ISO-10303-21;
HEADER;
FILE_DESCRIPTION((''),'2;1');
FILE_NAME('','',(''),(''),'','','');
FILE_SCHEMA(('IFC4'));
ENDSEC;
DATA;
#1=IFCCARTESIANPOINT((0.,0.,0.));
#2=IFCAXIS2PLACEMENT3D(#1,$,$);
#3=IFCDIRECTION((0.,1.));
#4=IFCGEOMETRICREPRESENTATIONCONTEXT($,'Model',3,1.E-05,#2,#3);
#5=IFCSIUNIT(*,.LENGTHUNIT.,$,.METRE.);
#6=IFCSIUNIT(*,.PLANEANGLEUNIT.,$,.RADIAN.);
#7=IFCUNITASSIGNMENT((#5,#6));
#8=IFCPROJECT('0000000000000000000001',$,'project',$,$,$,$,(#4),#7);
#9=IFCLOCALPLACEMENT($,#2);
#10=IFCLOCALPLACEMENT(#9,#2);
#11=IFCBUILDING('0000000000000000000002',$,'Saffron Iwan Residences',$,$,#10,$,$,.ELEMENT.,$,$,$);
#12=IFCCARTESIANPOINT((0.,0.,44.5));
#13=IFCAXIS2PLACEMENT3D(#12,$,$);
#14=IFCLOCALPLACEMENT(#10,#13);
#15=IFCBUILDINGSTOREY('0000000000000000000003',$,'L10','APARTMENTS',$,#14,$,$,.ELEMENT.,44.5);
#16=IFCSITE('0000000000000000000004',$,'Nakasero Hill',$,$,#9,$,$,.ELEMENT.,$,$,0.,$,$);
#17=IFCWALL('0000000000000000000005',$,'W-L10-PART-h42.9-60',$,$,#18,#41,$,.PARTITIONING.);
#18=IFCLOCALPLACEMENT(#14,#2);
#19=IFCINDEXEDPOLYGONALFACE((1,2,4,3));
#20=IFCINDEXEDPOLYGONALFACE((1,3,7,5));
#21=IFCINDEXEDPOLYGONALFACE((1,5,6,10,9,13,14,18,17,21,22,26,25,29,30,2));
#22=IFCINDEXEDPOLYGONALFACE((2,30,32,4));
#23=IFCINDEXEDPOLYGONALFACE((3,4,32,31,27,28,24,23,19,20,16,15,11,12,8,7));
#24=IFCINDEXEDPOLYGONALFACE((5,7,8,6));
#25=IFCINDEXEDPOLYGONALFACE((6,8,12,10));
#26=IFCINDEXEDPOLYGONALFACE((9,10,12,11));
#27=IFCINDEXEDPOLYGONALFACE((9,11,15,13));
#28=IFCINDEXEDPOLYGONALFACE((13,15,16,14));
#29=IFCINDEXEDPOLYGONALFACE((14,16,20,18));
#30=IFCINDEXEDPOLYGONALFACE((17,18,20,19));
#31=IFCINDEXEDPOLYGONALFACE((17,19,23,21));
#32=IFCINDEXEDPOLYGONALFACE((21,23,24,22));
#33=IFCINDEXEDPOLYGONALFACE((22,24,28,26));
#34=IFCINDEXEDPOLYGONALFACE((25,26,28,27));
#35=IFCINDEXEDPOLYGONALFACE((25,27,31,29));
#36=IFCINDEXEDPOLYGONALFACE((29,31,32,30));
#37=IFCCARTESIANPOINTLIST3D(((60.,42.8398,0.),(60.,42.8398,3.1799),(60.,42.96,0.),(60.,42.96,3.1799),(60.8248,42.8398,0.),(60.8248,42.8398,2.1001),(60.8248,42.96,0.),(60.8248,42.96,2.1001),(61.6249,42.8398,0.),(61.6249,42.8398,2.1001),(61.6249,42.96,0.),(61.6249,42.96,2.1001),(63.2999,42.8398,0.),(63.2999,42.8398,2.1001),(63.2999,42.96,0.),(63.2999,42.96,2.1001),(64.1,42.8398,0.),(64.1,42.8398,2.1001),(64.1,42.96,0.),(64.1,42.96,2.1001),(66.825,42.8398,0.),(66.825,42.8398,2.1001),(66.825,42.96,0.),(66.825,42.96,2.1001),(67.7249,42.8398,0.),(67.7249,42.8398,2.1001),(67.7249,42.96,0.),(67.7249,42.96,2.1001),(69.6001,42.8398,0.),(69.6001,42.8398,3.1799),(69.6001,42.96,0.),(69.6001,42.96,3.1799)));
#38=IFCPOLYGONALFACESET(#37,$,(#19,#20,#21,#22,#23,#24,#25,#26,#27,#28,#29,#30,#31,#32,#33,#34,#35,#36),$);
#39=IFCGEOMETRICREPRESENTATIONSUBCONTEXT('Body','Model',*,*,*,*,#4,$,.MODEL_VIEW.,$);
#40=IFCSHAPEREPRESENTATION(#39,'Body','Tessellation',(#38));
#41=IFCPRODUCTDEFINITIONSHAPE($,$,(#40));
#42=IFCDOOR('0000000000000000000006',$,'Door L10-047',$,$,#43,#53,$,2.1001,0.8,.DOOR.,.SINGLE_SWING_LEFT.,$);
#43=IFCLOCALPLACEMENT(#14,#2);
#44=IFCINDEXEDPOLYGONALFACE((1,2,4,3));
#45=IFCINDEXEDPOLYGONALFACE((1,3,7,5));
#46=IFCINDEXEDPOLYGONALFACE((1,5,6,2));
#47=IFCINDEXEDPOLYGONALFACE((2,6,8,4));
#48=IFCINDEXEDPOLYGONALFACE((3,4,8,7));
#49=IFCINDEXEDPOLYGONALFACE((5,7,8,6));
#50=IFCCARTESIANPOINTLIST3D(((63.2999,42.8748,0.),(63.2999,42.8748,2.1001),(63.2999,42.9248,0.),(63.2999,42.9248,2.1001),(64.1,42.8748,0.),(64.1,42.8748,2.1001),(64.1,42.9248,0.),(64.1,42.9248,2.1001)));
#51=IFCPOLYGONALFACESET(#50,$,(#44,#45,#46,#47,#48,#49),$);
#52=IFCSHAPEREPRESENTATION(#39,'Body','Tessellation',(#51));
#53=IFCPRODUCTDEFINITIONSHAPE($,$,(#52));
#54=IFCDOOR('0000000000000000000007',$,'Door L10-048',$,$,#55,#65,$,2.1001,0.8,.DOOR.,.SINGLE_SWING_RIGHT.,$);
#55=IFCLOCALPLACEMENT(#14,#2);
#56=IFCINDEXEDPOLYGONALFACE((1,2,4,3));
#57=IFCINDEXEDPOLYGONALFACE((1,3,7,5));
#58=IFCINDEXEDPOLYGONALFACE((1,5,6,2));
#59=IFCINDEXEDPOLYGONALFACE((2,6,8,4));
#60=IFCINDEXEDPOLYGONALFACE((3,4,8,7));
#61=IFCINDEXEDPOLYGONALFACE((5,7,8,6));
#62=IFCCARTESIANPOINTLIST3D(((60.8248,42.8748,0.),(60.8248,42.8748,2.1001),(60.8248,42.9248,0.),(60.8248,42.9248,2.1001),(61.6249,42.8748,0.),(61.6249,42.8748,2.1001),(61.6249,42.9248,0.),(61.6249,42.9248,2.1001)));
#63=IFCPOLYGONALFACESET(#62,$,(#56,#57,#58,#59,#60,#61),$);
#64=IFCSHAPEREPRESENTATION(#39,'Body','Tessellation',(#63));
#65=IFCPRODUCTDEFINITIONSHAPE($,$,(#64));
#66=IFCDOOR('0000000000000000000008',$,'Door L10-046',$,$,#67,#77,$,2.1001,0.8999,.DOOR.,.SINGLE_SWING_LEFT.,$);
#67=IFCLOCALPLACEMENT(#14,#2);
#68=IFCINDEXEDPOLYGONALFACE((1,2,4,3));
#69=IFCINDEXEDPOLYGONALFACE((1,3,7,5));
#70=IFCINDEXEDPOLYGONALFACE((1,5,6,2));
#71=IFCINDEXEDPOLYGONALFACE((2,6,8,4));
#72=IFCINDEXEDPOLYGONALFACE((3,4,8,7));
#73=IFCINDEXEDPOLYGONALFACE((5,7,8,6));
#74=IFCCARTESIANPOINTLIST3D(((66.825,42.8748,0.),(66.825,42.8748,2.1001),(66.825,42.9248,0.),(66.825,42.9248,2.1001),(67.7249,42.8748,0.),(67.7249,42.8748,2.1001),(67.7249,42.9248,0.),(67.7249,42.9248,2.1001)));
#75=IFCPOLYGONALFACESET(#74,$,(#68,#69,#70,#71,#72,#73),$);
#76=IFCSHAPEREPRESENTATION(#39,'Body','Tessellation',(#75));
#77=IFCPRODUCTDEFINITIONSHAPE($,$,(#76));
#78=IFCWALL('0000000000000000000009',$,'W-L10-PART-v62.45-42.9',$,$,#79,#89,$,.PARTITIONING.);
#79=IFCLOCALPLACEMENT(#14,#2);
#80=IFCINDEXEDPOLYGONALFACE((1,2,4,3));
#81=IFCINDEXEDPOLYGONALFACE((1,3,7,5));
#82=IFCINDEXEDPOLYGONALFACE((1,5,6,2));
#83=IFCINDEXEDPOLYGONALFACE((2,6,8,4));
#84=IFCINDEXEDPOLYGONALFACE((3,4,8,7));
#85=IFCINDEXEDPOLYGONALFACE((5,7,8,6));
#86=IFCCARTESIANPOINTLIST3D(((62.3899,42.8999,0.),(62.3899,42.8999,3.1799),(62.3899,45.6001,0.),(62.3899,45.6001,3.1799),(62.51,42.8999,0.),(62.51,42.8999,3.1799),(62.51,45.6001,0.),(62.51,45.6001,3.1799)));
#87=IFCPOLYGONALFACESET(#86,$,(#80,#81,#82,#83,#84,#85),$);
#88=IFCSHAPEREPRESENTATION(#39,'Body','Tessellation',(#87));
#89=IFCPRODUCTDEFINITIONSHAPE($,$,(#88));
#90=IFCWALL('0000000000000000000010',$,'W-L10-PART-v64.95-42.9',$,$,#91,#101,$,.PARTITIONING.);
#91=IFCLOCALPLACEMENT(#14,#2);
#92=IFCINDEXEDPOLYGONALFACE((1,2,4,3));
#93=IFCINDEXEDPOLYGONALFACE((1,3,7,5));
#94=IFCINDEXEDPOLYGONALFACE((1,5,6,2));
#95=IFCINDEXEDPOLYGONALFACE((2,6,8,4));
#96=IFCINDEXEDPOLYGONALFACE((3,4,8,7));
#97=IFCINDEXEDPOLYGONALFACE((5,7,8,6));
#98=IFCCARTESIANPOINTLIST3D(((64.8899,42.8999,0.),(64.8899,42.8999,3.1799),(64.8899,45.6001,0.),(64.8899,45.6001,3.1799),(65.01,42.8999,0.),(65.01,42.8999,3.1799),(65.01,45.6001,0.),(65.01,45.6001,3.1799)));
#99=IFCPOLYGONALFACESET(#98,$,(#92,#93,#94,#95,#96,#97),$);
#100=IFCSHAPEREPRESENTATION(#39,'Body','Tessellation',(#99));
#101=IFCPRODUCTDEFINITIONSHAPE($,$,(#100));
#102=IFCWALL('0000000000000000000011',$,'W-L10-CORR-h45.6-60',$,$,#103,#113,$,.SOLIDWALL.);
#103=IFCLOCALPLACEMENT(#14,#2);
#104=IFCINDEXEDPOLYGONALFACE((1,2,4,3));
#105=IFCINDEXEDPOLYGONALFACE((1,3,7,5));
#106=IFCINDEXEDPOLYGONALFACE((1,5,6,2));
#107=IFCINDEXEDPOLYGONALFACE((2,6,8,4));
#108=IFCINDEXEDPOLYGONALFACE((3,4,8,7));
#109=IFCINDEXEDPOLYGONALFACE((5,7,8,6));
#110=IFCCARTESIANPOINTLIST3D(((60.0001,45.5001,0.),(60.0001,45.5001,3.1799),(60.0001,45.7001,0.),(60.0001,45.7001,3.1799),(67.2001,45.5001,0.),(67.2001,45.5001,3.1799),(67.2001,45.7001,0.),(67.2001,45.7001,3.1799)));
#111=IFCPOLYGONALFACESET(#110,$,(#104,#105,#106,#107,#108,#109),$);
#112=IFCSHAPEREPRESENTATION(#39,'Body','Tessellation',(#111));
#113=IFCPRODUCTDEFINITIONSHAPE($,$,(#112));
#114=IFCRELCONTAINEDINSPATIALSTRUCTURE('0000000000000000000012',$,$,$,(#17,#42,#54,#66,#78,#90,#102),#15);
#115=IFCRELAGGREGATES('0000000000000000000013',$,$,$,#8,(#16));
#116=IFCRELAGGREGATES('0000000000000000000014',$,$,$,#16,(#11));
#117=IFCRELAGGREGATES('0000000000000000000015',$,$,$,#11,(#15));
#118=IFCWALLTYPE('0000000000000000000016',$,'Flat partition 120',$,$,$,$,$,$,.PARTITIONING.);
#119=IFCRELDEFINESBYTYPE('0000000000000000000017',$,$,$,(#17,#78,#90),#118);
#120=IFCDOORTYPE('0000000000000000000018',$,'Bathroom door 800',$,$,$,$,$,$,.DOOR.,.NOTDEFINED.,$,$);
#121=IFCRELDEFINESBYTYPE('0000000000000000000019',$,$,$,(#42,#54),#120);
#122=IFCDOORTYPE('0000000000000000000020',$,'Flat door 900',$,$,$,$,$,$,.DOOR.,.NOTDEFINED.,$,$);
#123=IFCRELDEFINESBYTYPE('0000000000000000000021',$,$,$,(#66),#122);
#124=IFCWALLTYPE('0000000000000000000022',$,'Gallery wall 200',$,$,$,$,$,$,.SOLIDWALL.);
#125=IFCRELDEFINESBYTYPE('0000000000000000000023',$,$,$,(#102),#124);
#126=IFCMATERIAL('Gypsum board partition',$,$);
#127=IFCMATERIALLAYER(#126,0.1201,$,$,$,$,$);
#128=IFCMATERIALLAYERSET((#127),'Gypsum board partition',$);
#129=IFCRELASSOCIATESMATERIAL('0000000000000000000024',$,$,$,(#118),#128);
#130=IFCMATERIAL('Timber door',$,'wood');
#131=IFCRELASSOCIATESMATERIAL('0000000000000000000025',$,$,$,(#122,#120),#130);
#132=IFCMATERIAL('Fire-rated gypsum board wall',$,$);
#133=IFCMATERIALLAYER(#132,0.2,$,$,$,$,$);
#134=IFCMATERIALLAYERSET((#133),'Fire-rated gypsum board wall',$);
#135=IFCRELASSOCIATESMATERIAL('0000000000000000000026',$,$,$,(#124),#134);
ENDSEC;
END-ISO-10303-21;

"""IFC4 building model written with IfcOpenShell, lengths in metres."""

from ifc_helpers import new_model, si_unit, direction, frame, frame_2d, origin, place, context, subcontext, project, spatial, rectangle, extrude, material, layer, layer_set, type_object, element, fill, save


model = new_model("IFC4")

# Units and contexts
model_context = context("Model", 3, precision=1e-05, world=origin(), true_north=direction((0.0, 1.0)))
body_context = subcontext(model_context, "Body", "Model", "MODEL_VIEW")
ifc_project = project(units=[si_unit("LENGTHUNIT", "METRE"), si_unit("PLANEANGLEUNIT", "RADIAN")], contexts=[model_context])

# Site, building, storey
site_placement = place(None, origin())
site = spatial("IfcSite", under=ifc_project, at=site_placement, Name="Nakasero Hill", CompositionType="ELEMENT", RefElevation=0.0)
building_placement = place(site_placement, origin())
building = spatial("IfcBuilding", under=site, at=building_placement, Name="Saffron Iwan Residences", CompositionType="ELEMENT")
storey_placement = place(building_placement, frame((0.0, 0.0, 44.5)))
storey = spatial("IfcBuildingStorey", under=building, at=storey_placement, Name="L10", Description="APARTMENTS", CompositionType="ELEMENT", Elevation=44.5)

# Wall, openings, doors
ifc_material_1 = material(Name="Gypsum board partition")
ifc_layer_1 = layer(ifc_material_1, 0.1201)
ifc_layer_set_1 = layer_set([ifc_layer_1], Name="Gypsum board partition")
wall_type_1 = type_object("IfcWallType", Name="Flat partition 120", PredefinedType="PARTITIONING", material=ifc_layer_set_1)
ifc_material_2 = material(Name="Timber door", Category="wood")
door_type_1 = type_object("IfcDoorType", Name="Flat door 900", OperationType="NOTDEFINED", PredefinedType="DOOR", material=ifc_material_2)
wall_1_placement = place(storey_placement, frame((60.0, 42.8999, 0.0), z_axis=(0.0, 0.0, 1.0), x_axis=(1.0, 0.0, 0.0)))
wall_1 = element("IfcWall", 1, at=wall_1_placement, inside=storey, type_object=wall_type_1, Name="W-L10-PART-h42.9-60", PredefinedType="PARTITIONING", context=body_context, shape_type="SweptSolid", body=[
    extrude(rectangle(XDim=9.6001, YDim=0.1201, at=frame_2d((4.8, 0.0))), origin(), (0.0, 0.0, 1.0), 3.1799),
])
opening_1_placement = place(wall_1_placement, frame((6.825, 0.0, 0.0)))
opening_1 = element("IfcOpeningElement", 2, at=opening_1_placement, cuts=wall_1, PredefinedType="OPENING", context=body_context, shape_type="SweptSolid", body=[
    extrude(rectangle(XDim=0.8999, YDim=2.1001, at=frame_2d((0.45, 1.05))), frame((0.0, 0.0701, 0.0), z_axis=(0.0, -1.0, 0.0), x_axis=(1.0, 0.0, 0.0)), (0.0, 0.0, 1.0), 0.1401),
])
opening_2_placement = place(wall_1_placement, frame((3.3, 0.0, 0.0)))
opening_2 = element("IfcOpeningElement", 3, at=opening_2_placement, cuts=wall_1, PredefinedType="OPENING", context=body_context, shape_type="SweptSolid", body=[
    extrude(rectangle(XDim=0.8, YDim=2.1001, at=frame_2d((0.3999, 1.05))), frame((0.0, 0.0701, 0.0), z_axis=(0.0, -1.0, 0.0), x_axis=(1.0, 0.0, 0.0)), (0.0, 0.0, 1.0), 0.1401),
])
opening_3_placement = place(wall_1_placement, frame((0.825, 0.0, 0.0)))
opening_3 = element("IfcOpeningElement", 4, at=opening_3_placement, cuts=wall_1, PredefinedType="OPENING", context=body_context, shape_type="SweptSolid", body=[
    extrude(rectangle(XDim=0.8, YDim=2.1001, at=frame_2d((0.3999, 1.05))), frame((0.0, 0.0701, 0.0), z_axis=(0.0, -1.0, 0.0), x_axis=(1.0, 0.0, 0.0)), (0.0, 0.0, 1.0), 0.1401),
])
door_type_2 = type_object("IfcDoorType", Name="Bathroom door 800", OperationType="NOTDEFINED", PredefinedType="DOOR", material=ifc_material_2)
door_1_placement = place(opening_2_placement, origin())
door_1 = element("IfcDoor", 5, at=door_1_placement, inside=storey, type_object=door_type_2, Name="Door L10-047", OperationType="SINGLE_SWING_LEFT", OverallHeight=2.1001, OverallWidth=0.8, PredefinedType="DOOR", context=body_context, shape_type="SweptSolid", body=[
    extrude(rectangle(XDim=0.8, YDim=2.1001, at=frame_2d((0.3999, 1.05))), frame((0.0, 0.0249, 0.0), z_axis=(0.0, -1.0, 0.0), x_axis=(1.0, 0.0, 0.0)), (0.0, 0.0, 1.0), 0.05),
])
fill(opening_2, door_1)
door_2_placement = place(opening_3_placement, origin())
door_2 = element("IfcDoor", 6, at=door_2_placement, inside=storey, type_object=door_type_2, Name="Door L10-048", OperationType="SINGLE_SWING_RIGHT", OverallHeight=2.1001, OverallWidth=0.8, PredefinedType="DOOR", context=body_context, shape_type="SweptSolid", body=[
    extrude(rectangle(XDim=0.8, YDim=2.1001, at=frame_2d((0.3999, 1.05))), frame((0.0, 0.0249, 0.0), z_axis=(0.0, -1.0, 0.0), x_axis=(1.0, 0.0, 0.0)), (0.0, 0.0, 1.0), 0.05),
])
fill(opening_3, door_2)
door_3_placement = place(opening_1_placement, origin())
door_3 = element("IfcDoor", 7, at=door_3_placement, inside=storey, type_object=door_type_1, Name="Door L10-046", OperationType="SINGLE_SWING_LEFT", OverallHeight=2.1001, OverallWidth=0.8999, PredefinedType="DOOR", context=body_context, shape_type="SweptSolid", body=[
    extrude(rectangle(XDim=0.8999, YDim=2.1001, at=frame_2d((0.45, 1.05))), frame((0.0, 0.0249, 0.0), z_axis=(0.0, -1.0, 0.0), x_axis=(1.0, 0.0, 0.0)), (0.0, 0.0, 1.0), 0.05),
])
fill(opening_1, door_3)

# Walls
for number, where, z_axis, x_axis, name in (
    (8, (62.45, 42.8999, 0.0), (0.0, 0.0, 1.0), (0.0, 1.0, 0.0), "W-L10-PART-v62.45-42.9"),
    (9, (64.95, 42.8999, 0.0), (0.0, 0.0, 1.0), (0.0, 1.0, 0.0), "W-L10-PART-v64.95-42.9"),
):
    element("IfcWall", number, at=place(storey_placement, frame(where, z_axis=z_axis, x_axis=x_axis)), inside=storey, type_object=wall_type_1, Name=name, PredefinedType="PARTITIONING", context=body_context, shape_type="SweptSolid", body=[
        extrude(rectangle(XDim=2.7002, YDim=0.1201, at=frame_2d((1.3501, 0.0))), origin(), (0.0, 0.0, 1.0), 3.1799),
    ])
ifc_material_3 = material(Name="Fire-rated gypsum board wall")
ifc_layer_2 = layer(ifc_material_3, 0.2)
ifc_layer_set_2 = layer_set([ifc_layer_2], Name="Fire-rated gypsum board wall")
wall_type_2 = type_object("IfcWallType", Name="Gallery wall 200", PredefinedType="SOLIDWALL", material=ifc_layer_set_2)
wall_2_placement = place(storey_placement, frame((60.0, 45.6001, 0.0), z_axis=(0.0, 0.0, 1.0), x_axis=(1.0, 0.0, 0.0)))
element("IfcWall", 10, at=wall_2_placement, inside=storey, type_object=wall_type_2, Name="W-L10-CORR-h45.6-60", PredefinedType="SOLIDWALL", context=body_context, shape_type="SweptSolid", body=[
    extrude(rectangle(XDim=7.2, YDim=0.2, at=frame_2d((3.6001, 0.0))), origin(), (0.0, 0.0, 1.0), 3.1799),
])

save(model, "model.ifc")
